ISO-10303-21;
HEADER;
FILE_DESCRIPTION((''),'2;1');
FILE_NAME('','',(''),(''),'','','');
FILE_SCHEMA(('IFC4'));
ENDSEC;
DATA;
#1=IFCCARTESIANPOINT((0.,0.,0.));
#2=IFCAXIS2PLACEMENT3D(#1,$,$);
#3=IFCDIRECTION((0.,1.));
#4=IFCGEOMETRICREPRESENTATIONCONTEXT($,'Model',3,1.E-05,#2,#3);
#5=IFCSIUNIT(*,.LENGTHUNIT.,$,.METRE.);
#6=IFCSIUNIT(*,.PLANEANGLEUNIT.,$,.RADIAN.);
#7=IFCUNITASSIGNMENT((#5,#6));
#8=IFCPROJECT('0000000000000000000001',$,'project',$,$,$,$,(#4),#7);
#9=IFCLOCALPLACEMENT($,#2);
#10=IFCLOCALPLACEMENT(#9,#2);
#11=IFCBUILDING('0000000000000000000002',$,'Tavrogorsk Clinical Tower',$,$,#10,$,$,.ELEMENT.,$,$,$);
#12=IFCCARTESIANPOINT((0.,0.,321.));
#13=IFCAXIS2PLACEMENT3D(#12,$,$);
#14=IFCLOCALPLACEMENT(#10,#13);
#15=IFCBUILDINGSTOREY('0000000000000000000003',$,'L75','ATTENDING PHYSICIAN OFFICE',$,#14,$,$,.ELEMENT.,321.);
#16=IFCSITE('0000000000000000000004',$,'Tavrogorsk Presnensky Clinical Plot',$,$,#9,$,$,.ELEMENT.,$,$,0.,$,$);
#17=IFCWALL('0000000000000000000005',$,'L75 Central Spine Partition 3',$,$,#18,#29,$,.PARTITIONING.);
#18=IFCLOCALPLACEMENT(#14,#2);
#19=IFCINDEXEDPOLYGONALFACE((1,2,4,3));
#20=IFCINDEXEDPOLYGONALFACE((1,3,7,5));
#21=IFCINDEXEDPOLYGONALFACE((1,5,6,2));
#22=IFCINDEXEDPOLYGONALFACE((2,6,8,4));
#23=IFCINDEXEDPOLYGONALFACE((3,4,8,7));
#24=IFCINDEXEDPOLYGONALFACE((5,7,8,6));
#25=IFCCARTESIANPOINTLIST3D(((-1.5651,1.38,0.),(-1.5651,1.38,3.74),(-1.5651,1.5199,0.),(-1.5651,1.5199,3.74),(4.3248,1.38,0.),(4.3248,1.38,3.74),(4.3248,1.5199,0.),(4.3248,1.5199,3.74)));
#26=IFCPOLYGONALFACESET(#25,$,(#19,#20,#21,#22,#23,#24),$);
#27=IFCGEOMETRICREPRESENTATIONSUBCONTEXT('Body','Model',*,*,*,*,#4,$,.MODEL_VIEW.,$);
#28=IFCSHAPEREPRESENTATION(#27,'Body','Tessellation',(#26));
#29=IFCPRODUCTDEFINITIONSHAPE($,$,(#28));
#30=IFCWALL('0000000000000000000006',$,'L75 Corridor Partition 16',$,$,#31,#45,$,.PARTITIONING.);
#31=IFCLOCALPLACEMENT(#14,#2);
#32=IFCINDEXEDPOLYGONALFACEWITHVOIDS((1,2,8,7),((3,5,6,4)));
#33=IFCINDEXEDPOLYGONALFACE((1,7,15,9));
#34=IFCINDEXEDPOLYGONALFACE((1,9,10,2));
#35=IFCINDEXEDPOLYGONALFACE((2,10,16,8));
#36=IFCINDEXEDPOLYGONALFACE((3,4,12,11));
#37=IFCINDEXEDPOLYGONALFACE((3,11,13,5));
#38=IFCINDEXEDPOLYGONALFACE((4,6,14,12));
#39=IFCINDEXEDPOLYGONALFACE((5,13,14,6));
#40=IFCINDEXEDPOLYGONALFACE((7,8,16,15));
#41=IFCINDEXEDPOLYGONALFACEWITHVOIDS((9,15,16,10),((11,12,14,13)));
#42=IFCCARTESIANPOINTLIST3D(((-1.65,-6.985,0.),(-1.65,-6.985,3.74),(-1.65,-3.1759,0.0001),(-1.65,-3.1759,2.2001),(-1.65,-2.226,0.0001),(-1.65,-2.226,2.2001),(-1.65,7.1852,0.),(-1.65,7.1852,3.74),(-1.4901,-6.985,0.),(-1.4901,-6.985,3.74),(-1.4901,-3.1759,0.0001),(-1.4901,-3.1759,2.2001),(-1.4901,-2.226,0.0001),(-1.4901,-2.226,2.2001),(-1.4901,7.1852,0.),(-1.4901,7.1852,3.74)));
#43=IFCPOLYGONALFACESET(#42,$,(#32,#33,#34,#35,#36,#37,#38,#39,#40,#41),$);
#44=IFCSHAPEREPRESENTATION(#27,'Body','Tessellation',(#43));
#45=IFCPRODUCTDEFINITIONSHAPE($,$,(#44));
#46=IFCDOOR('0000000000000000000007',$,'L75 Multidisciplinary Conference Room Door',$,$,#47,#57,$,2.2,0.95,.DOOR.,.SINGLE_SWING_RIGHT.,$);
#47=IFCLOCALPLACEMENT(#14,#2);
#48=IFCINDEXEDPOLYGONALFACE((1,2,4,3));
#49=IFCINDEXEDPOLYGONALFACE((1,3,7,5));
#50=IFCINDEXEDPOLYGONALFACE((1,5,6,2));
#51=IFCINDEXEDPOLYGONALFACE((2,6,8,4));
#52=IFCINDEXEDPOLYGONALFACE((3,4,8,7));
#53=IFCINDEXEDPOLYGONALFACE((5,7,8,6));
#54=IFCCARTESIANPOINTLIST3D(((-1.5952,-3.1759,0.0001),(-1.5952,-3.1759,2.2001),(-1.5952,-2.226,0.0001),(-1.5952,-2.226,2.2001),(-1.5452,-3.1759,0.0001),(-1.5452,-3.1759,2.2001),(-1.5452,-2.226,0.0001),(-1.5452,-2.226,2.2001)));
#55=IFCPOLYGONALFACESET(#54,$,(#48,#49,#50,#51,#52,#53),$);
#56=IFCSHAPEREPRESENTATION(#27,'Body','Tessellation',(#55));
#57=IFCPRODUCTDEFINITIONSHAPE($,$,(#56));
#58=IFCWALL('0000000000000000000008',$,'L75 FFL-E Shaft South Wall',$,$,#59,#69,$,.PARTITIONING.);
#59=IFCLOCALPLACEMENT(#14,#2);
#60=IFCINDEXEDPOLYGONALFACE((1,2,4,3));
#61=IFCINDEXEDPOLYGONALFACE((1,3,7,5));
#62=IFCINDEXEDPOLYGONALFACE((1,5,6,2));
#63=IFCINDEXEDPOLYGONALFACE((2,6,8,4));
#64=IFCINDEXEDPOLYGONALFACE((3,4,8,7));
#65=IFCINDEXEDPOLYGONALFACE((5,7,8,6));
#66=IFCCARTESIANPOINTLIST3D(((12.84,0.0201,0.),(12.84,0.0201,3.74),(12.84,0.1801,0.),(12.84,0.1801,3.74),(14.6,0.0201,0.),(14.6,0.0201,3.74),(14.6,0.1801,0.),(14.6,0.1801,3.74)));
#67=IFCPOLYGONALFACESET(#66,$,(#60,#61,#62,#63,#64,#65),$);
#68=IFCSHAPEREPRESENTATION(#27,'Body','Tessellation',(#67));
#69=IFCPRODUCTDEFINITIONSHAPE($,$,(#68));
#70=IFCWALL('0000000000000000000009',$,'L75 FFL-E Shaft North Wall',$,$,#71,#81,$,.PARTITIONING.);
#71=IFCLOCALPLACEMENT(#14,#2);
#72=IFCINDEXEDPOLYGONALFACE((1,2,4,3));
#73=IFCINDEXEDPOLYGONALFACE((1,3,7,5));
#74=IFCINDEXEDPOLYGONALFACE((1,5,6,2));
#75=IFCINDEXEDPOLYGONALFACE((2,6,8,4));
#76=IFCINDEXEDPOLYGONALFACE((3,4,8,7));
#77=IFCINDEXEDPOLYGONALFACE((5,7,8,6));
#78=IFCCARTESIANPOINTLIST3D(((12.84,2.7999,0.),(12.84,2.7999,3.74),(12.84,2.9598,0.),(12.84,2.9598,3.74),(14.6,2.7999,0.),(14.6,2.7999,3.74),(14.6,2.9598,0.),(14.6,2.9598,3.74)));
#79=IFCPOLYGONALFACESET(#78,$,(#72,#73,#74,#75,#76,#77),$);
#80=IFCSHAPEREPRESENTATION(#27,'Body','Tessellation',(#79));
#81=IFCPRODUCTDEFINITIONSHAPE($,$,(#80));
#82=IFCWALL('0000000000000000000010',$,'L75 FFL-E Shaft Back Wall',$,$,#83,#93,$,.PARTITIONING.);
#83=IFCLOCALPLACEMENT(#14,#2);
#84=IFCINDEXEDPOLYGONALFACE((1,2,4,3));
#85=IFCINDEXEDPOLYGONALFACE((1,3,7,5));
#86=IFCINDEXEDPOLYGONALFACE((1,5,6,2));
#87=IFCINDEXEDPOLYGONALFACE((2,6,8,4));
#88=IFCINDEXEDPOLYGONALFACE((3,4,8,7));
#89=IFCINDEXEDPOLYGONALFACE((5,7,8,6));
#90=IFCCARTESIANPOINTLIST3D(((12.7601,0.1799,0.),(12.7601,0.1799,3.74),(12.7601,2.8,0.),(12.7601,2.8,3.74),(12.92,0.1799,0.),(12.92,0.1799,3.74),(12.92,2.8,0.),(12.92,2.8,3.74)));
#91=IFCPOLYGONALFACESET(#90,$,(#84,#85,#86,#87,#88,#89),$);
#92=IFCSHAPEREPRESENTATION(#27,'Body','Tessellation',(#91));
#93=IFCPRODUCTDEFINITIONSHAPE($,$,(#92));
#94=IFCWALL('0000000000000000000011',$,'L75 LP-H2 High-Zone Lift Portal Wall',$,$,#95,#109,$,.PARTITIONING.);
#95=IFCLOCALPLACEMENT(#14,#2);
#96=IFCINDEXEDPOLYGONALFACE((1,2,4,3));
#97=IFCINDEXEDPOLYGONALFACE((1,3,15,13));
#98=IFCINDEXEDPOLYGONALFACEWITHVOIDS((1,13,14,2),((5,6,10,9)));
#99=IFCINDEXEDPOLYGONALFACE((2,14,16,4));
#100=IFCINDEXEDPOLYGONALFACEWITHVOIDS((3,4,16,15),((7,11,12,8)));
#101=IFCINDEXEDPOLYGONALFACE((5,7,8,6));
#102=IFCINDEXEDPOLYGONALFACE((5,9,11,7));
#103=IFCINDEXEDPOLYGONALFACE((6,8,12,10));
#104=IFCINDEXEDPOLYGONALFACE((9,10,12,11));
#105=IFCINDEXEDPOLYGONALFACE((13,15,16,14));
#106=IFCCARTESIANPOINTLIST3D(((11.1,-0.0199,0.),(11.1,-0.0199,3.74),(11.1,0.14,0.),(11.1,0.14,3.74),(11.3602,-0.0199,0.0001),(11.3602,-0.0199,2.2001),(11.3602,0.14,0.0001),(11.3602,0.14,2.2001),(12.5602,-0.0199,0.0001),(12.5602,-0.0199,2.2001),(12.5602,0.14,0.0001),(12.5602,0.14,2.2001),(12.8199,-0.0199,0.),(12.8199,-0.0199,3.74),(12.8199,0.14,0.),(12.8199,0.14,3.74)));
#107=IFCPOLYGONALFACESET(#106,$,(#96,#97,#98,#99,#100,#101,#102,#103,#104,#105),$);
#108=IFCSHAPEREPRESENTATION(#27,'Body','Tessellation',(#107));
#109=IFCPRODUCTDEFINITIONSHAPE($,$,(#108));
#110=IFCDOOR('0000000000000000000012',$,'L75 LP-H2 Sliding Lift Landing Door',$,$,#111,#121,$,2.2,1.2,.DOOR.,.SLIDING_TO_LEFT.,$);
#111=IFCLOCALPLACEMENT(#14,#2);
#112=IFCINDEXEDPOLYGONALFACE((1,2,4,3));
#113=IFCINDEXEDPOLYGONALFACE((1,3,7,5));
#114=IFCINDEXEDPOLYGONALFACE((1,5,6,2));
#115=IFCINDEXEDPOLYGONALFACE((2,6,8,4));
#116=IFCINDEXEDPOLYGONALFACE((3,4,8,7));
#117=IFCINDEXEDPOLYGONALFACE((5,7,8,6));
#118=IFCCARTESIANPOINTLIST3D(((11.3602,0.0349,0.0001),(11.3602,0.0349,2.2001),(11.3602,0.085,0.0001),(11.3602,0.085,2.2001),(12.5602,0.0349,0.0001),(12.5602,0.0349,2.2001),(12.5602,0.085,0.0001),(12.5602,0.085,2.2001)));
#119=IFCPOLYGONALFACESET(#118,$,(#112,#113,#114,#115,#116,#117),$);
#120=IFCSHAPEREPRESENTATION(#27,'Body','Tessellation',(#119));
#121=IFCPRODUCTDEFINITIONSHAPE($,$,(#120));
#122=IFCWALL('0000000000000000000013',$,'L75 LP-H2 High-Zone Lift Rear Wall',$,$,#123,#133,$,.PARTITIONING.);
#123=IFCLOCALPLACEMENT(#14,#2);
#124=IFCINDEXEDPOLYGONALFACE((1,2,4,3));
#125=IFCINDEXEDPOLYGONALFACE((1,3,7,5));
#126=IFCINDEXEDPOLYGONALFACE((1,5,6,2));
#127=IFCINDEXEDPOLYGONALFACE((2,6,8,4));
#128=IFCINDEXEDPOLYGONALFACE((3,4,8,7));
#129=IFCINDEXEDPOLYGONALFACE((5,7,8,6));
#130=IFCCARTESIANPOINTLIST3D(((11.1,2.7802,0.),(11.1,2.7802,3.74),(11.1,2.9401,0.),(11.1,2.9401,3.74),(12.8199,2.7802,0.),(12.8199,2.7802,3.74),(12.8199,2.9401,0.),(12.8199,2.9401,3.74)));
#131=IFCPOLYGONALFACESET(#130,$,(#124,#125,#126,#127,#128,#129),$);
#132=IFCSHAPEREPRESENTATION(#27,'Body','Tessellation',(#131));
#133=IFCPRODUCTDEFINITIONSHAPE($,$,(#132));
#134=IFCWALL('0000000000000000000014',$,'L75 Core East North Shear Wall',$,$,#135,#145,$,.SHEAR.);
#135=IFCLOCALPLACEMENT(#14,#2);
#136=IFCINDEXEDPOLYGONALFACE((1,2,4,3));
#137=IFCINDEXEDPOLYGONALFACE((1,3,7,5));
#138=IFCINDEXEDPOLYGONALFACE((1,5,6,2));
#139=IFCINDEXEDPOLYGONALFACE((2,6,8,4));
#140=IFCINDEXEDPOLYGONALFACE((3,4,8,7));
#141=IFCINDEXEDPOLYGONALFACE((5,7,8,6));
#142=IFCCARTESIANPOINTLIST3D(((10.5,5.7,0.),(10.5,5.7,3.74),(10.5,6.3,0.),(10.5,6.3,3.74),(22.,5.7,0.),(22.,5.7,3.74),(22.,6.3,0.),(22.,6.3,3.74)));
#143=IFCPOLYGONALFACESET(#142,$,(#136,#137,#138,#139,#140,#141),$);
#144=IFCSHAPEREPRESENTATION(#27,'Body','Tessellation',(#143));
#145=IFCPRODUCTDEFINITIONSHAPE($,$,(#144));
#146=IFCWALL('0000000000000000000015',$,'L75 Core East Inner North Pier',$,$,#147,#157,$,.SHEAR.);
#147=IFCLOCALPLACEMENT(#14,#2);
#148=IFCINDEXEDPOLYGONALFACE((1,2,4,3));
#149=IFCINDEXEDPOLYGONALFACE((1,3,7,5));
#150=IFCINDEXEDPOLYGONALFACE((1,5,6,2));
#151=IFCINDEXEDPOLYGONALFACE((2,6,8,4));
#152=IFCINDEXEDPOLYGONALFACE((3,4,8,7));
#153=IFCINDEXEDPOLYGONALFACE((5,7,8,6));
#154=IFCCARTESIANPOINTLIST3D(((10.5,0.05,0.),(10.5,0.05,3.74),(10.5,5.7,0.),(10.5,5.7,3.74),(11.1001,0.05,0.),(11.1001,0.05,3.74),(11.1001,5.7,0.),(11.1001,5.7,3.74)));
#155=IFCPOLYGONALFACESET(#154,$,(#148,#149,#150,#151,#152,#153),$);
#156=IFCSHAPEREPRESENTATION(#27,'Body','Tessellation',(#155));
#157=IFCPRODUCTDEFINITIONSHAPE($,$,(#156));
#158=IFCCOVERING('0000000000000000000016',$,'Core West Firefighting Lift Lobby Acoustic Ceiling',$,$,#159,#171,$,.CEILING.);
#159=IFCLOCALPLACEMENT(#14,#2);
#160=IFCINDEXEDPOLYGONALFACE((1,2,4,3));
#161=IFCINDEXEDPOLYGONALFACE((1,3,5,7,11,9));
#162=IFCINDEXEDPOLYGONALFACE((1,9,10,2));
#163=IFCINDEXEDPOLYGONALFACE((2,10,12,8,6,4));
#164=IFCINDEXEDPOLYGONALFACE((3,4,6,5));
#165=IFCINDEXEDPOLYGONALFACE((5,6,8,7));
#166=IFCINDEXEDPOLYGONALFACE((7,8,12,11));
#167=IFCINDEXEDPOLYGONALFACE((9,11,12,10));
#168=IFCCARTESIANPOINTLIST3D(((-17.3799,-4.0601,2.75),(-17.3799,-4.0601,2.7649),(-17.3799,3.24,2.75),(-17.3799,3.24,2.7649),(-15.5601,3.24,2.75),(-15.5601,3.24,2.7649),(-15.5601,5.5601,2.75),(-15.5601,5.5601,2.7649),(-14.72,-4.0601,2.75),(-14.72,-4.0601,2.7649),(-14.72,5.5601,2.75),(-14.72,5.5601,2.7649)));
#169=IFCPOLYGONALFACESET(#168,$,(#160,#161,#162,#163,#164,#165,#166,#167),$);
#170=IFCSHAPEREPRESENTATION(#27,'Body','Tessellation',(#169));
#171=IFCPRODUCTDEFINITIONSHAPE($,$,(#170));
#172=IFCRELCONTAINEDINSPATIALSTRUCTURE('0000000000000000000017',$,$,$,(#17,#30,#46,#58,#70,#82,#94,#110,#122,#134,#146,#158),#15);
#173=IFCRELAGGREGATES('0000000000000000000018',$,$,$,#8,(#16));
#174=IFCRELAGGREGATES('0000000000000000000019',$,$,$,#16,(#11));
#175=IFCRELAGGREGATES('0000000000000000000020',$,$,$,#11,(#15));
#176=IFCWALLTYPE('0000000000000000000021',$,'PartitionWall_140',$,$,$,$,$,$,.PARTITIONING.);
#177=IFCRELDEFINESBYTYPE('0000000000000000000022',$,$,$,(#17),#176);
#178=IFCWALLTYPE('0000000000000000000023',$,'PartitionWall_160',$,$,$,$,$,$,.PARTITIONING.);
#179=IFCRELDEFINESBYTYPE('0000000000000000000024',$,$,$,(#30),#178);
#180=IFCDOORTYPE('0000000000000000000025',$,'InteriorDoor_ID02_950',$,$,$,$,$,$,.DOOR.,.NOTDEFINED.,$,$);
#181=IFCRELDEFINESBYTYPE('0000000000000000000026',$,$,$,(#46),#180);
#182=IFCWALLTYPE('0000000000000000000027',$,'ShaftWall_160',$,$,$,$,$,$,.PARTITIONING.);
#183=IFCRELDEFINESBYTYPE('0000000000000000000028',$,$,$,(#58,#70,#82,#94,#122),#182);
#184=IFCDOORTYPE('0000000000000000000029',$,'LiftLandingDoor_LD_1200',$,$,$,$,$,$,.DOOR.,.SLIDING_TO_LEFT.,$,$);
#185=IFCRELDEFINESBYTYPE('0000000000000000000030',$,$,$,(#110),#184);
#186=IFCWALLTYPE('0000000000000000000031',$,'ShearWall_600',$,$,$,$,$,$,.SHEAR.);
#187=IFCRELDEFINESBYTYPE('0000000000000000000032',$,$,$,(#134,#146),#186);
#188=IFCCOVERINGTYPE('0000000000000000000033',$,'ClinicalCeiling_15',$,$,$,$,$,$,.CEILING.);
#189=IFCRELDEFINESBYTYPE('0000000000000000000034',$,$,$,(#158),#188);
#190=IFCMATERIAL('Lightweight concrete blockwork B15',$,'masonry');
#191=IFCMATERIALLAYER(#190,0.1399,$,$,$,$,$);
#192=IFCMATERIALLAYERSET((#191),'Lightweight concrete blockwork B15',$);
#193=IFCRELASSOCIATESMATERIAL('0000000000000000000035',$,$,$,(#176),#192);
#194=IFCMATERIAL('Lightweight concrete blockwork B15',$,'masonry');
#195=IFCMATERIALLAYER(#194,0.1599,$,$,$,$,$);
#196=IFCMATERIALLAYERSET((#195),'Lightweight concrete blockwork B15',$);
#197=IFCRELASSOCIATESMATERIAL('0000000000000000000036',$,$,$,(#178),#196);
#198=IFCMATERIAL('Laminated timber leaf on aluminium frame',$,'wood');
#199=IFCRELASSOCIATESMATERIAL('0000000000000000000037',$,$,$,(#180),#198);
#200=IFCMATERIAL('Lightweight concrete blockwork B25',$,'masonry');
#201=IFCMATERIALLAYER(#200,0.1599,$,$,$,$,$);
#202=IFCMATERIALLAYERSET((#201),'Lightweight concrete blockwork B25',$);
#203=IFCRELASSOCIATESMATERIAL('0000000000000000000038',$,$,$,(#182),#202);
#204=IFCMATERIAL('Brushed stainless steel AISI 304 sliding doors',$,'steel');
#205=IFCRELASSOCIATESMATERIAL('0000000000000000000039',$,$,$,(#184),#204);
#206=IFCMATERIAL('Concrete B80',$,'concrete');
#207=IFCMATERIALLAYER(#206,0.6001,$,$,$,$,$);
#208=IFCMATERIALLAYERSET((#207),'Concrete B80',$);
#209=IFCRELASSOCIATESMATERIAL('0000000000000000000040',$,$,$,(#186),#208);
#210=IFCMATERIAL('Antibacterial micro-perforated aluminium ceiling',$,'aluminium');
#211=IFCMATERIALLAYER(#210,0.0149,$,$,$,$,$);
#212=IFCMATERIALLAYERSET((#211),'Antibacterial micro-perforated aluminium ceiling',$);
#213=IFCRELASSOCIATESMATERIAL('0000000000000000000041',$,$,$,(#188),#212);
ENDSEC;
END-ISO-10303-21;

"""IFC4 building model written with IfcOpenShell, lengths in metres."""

from ifc_helpers import new_model, si_unit, direction, frame, frame_2d, origin, place, context, subcontext, project, spatial, polyline, rectangle, outline, extrude, material, layer, layer_set, type_object, element, fill, save


model = new_model("IFC4")

# Units and contexts
model_context = context("Model", 3, precision=1e-05, world=origin(), true_north=direction((0.0, 1.0)))
body_context = subcontext(model_context, "Body", "Model", "MODEL_VIEW")
ifc_project = project(units=[si_unit("LENGTHUNIT", "METRE"), si_unit("PLANEANGLEUNIT", "RADIAN")], contexts=[model_context])

# Site, building, storey
site_placement = place(None, origin())
site = spatial("IfcSite", under=ifc_project, at=site_placement, Name="Tavrogorsk Presnensky Clinical Plot", CompositionType="ELEMENT", RefElevation=0.0)
building_placement = place(site_placement, origin())
building = spatial("IfcBuilding", under=site, at=building_placement, Name="Tavrogorsk Clinical Tower", CompositionType="ELEMENT")
storey_placement = place(building_placement, frame((0.0, 0.0, 321.0)))
storey = spatial("IfcBuildingStorey", under=building, at=storey_placement, Name="L75", Description="ATTENDING PHYSICIAN OFFICE", CompositionType="ELEMENT", Elevation=321.0)

# Wall
ifc_material_1 = material(Name="Lightweight concrete blockwork B15", Category="masonry")
ifc_layer_1 = layer(ifc_material_1, 0.1399)
ifc_layer_set_1 = layer_set([ifc_layer_1], Name="Lightweight concrete blockwork B15")
wall_type_1 = type_object("IfcWallType", Name="PartitionWall_140", PredefinedType="PARTITIONING", material=ifc_layer_set_1)
wall_1_placement = place(storey_placement, frame((-1.5649, 1.45, 0.0), z_axis=(0.0, 0.0, 1.0), x_axis=(1.0, 0.0, 0.0)))
element("IfcWall", 1, at=wall_1_placement, inside=storey, type_object=wall_type_1, Name="L75 Central Spine Partition 3", PredefinedType="PARTITIONING", context=body_context, shape_type="SweptSolid", body=[
    extrude(rectangle(XDim=5.8899, YDim=0.1399, at=frame_2d((2.9448, 0.0))), origin(), (0.0, 0.0, 1.0), 3.74),
])

# Wall, opening, door
ifc_material_2 = material(Name="Lightweight concrete blockwork B15", Category="masonry")
ifc_layer_2 = layer(ifc_material_2, 0.1599)
ifc_layer_set_2 = layer_set([ifc_layer_2], Name="Lightweight concrete blockwork B15")
wall_type_2 = type_object("IfcWallType", Name="PartitionWall_160", PredefinedType="PARTITIONING", material=ifc_layer_set_2)
wall_2_placement = place(storey_placement, frame((-1.5701, 7.1851, 0.0), z_axis=(0.0, 0.0, 1.0), x_axis=(0.0, -1.0, 0.0)))
wall_2 = element("IfcWall", 2, at=wall_2_placement, inside=storey, type_object=wall_type_2, Name="L75 Corridor Partition 16", PredefinedType="PARTITIONING", context=body_context, shape_type="SweptSolid", body=[
    extrude(rectangle(XDim=14.1702, YDim=0.1599, at=frame_2d((7.085, 0.0))), origin(), (0.0, 0.0, 1.0), 3.74),
])
opening_1_placement = place(wall_2_placement, frame((9.4109, 0.0, 0.0)))
opening_1 = element("IfcOpeningElement", 3, at=opening_1_placement, cuts=wall_2, PredefinedType="OPENING", context=body_context, shape_type="SweptSolid", body=[
    extrude(rectangle(XDim=0.95, YDim=2.2, at=frame_2d((0.4751, 1.1001))), frame((0.0, 0.0898, 0.0), z_axis=(0.0, -1.0, 0.0), x_axis=(1.0, 0.0, 0.0)), (0.0, 0.0, 1.0), 0.1799),
])
ifc_material_3 = material(Name="Laminated timber leaf on aluminium frame", Category="wood")
door_type_1 = type_object("IfcDoorType", Name="InteriorDoor_ID02_950", OperationType="NOTDEFINED", PredefinedType="DOOR", material=ifc_material_3)
door_1_placement = place(opening_1_placement, origin())
door_1 = element("IfcDoor", 4, at=door_1_placement, inside=storey, type_object=door_type_1, Name="L75 Multidisciplinary Conference Room Door", OperationType="SINGLE_SWING_RIGHT", OverallHeight=2.2, OverallWidth=0.95, PredefinedType="DOOR", context=body_context, shape_type="SweptSolid", body=[
    extrude(rectangle(XDim=0.95, YDim=2.2, at=frame_2d((0.4751, 1.1001))), frame((0.0, 0.0249, 0.0), z_axis=(0.0, -1.0, 0.0), x_axis=(1.0, 0.0, 0.0)), (0.0, 0.0, 1.0), 0.05),
])
fill(opening_1, door_1)

# Walls
ifc_material_4 = material(Name="Lightweight concrete blockwork B25", Category="masonry")
ifc_layer_3 = layer(ifc_material_4, 0.1599)
ifc_layer_set_3 = layer_set([ifc_layer_3], Name="Lightweight concrete blockwork B25")
wall_type_3 = type_object("IfcWallType", Name="ShaftWall_160", PredefinedType="PARTITIONING", material=ifc_layer_set_3)
for number, where, z_axis, x_axis, name in (
    (5, (12.8401, 0.1001, 0.0), (0.0, 0.0, 1.0), (1.0, 0.0, 0.0), "L75 FFL-E Shaft South Wall"),
    (6, (12.8401, 2.8799, 0.0), (0.0, 0.0, 1.0), (1.0, 0.0, 0.0), "L75 FFL-E Shaft North Wall"),
):
    element("IfcWall", number, at=place(storey_placement, frame(where, z_axis=z_axis, x_axis=x_axis)), inside=storey, type_object=wall_type_3, Name=name, PredefinedType="PARTITIONING", context=body_context, shape_type="SweptSolid", body=[
        extrude(rectangle(XDim=1.76, YDim=0.1599, at=frame_2d((0.8799, 0.0))), origin(), (0.0, 0.0, 1.0), 3.74),
    ])
wall_3_placement = place(storey_placement, frame((12.8401, 0.1799, 0.0), z_axis=(0.0, 0.0, 1.0), x_axis=(0.0, 1.0, 0.0)))
element("IfcWall", 7, at=wall_3_placement, inside=storey, type_object=wall_type_3, Name="L75 FFL-E Shaft Back Wall", PredefinedType="PARTITIONING", context=body_context, shape_type="SweptSolid", body=[
    extrude(rectangle(XDim=2.6201, YDim=0.1599, at=frame_2d((1.3101, 0.0))), origin(), (0.0, 0.0, 1.0), 3.74),
])

# Wall, opening, door
wall_4_placement = place(storey_placement, frame((11.1001, 0.0601, 0.0), z_axis=(0.0, 0.0, 1.0), x_axis=(1.0, 0.0, 0.0)))
wall_4 = element("IfcWall", 8, at=wall_4_placement, inside=storey, type_object=wall_type_3, Name="L75 LP-H2 High-Zone Lift Portal Wall", PredefinedType="PARTITIONING", context=body_context, shape_type="SweptSolid", body=[
    extrude(rectangle(XDim=1.72, YDim=0.1599, at=frame_2d((0.8599, 0.0))), origin(), (0.0, 0.0, 1.0), 3.74),
])
opening_2_placement = place(wall_4_placement, frame((0.26, 0.0, 0.0)))
opening_2 = element("IfcOpeningElement", 9, at=opening_2_placement, cuts=wall_4, PredefinedType="OPENING", context=body_context, shape_type="SweptSolid", body=[
    extrude(rectangle(XDim=1.2, YDim=2.2, at=frame_2d((0.6001, 1.1001))), frame((0.0, 0.0898, 0.0), z_axis=(0.0, -1.0, 0.0), x_axis=(1.0, 0.0, 0.0)), (0.0, 0.0, 1.0), 0.1799),
])
ifc_material_5 = material(Name="Brushed stainless steel AISI 304 sliding doors", Category="steel")
door_type_2 = type_object("IfcDoorType", Name="LiftLandingDoor_LD_1200", OperationType="SLIDING_TO_LEFT", PredefinedType="DOOR", material=ifc_material_5)
door_2_placement = place(opening_2_placement, origin())
door_2 = element("IfcDoor", 10, at=door_2_placement, inside=storey, type_object=door_type_2, Name="L75 LP-H2 Sliding Lift Landing Door", OperationType="SLIDING_TO_LEFT", OverallHeight=2.2, OverallWidth=1.2, PredefinedType="DOOR", context=body_context, shape_type="SweptSolid", body=[
    extrude(rectangle(XDim=1.2, YDim=2.2, at=frame_2d((0.6001, 1.1001))), frame((0.0, 0.0249, 0.0), z_axis=(0.0, -1.0, 0.0), x_axis=(1.0, 0.0, 0.0)), (0.0, 0.0, 1.0), 0.05),
])
fill(opening_2, door_2)

# Walls
wall_5_placement = place(storey_placement, frame((11.1001, 2.8601, 0.0), z_axis=(0.0, 0.0, 1.0), x_axis=(1.0, 0.0, 0.0)))
element("IfcWall", 11, at=wall_5_placement, inside=storey, type_object=wall_type_3, Name="L75 LP-H2 High-Zone Lift Rear Wall", PredefinedType="PARTITIONING", context=body_context, shape_type="SweptSolid", body=[
    extrude(rectangle(XDim=1.72, YDim=0.1599, at=frame_2d((0.8599, 0.0))), origin(), (0.0, 0.0, 1.0), 3.74),
])
ifc_material_6 = material(Name="Concrete B80", Category="concrete")
ifc_layer_4 = layer(ifc_material_6, 0.6001)
ifc_layer_set_4 = layer_set([ifc_layer_4], Name="Concrete B80")
wall_type_4 = type_object("IfcWallType", Name="ShearWall_600", PredefinedType="SHEAR", material=ifc_layer_set_4)
wall_6_placement = place(storey_placement, frame((10.5, 6.0, 0.0), z_axis=(0.0, 0.0, 1.0), x_axis=(1.0, 0.0, 0.0)))
element("IfcWall", 12, at=wall_6_placement, inside=storey, type_object=wall_type_4, Name="L75 Core East North Shear Wall", PredefinedType="SHEAR", context=body_context, shape_type="SweptSolid", body=[
    extrude(rectangle(XDim=11.5, YDim=0.6001, at=frame_2d((5.75, 0.0))), origin(), (0.0, 0.0, 1.0), 3.74),
])
wall_7_placement = place(storey_placement, frame((10.8, 0.05, 0.0), z_axis=(0.0, 0.0, 1.0), x_axis=(0.0, 1.0, 0.0)))
element("IfcWall", 13, at=wall_7_placement, inside=storey, type_object=wall_type_4, Name="L75 Core East Inner North Pier", PredefinedType="SHEAR", context=body_context, shape_type="SweptSolid", body=[
    extrude(rectangle(XDim=5.6499, YDim=0.6001, at=frame_2d((2.825, 0.0))), origin(), (0.0, 0.0, 1.0), 3.74),
])

# Covering
ifc_material_7 = material(Name="Antibacterial micro-perforated aluminium ceiling", Category="aluminium")
ifc_layer_5 = layer(ifc_material_7, 0.0149)
ifc_layer_set_5 = layer_set([ifc_layer_5], Name="Antibacterial micro-perforated aluminium ceiling")
covering_type_1 = type_object("IfcCoveringType", Name="ClinicalCeiling_15", PredefinedType="CEILING", material=ifc_layer_set_5)
covering_1_placement = place(storey_placement, frame((0.0, 0.0, 2.75)))
element("IfcCovering", 14, at=covering_1_placement, inside=storey, type_object=covering_type_1, Name="Core West Firefighting Lift Lobby Acoustic Ceiling", PredefinedType="CEILING", context=body_context, shape_type="SweptSolid", body=[
    extrude(outline(polyline([(-14.72, 5.5601), (-14.72, -4.0601), (-17.3799, -4.0601), (-17.3799, 3.24), (-15.5601, 3.24), (-15.5601, 5.5601), (-14.72, 5.5601)])), origin(), (0.0, 0.0, 1.0), 0.0149),
])

save(model, "model.ifc")
